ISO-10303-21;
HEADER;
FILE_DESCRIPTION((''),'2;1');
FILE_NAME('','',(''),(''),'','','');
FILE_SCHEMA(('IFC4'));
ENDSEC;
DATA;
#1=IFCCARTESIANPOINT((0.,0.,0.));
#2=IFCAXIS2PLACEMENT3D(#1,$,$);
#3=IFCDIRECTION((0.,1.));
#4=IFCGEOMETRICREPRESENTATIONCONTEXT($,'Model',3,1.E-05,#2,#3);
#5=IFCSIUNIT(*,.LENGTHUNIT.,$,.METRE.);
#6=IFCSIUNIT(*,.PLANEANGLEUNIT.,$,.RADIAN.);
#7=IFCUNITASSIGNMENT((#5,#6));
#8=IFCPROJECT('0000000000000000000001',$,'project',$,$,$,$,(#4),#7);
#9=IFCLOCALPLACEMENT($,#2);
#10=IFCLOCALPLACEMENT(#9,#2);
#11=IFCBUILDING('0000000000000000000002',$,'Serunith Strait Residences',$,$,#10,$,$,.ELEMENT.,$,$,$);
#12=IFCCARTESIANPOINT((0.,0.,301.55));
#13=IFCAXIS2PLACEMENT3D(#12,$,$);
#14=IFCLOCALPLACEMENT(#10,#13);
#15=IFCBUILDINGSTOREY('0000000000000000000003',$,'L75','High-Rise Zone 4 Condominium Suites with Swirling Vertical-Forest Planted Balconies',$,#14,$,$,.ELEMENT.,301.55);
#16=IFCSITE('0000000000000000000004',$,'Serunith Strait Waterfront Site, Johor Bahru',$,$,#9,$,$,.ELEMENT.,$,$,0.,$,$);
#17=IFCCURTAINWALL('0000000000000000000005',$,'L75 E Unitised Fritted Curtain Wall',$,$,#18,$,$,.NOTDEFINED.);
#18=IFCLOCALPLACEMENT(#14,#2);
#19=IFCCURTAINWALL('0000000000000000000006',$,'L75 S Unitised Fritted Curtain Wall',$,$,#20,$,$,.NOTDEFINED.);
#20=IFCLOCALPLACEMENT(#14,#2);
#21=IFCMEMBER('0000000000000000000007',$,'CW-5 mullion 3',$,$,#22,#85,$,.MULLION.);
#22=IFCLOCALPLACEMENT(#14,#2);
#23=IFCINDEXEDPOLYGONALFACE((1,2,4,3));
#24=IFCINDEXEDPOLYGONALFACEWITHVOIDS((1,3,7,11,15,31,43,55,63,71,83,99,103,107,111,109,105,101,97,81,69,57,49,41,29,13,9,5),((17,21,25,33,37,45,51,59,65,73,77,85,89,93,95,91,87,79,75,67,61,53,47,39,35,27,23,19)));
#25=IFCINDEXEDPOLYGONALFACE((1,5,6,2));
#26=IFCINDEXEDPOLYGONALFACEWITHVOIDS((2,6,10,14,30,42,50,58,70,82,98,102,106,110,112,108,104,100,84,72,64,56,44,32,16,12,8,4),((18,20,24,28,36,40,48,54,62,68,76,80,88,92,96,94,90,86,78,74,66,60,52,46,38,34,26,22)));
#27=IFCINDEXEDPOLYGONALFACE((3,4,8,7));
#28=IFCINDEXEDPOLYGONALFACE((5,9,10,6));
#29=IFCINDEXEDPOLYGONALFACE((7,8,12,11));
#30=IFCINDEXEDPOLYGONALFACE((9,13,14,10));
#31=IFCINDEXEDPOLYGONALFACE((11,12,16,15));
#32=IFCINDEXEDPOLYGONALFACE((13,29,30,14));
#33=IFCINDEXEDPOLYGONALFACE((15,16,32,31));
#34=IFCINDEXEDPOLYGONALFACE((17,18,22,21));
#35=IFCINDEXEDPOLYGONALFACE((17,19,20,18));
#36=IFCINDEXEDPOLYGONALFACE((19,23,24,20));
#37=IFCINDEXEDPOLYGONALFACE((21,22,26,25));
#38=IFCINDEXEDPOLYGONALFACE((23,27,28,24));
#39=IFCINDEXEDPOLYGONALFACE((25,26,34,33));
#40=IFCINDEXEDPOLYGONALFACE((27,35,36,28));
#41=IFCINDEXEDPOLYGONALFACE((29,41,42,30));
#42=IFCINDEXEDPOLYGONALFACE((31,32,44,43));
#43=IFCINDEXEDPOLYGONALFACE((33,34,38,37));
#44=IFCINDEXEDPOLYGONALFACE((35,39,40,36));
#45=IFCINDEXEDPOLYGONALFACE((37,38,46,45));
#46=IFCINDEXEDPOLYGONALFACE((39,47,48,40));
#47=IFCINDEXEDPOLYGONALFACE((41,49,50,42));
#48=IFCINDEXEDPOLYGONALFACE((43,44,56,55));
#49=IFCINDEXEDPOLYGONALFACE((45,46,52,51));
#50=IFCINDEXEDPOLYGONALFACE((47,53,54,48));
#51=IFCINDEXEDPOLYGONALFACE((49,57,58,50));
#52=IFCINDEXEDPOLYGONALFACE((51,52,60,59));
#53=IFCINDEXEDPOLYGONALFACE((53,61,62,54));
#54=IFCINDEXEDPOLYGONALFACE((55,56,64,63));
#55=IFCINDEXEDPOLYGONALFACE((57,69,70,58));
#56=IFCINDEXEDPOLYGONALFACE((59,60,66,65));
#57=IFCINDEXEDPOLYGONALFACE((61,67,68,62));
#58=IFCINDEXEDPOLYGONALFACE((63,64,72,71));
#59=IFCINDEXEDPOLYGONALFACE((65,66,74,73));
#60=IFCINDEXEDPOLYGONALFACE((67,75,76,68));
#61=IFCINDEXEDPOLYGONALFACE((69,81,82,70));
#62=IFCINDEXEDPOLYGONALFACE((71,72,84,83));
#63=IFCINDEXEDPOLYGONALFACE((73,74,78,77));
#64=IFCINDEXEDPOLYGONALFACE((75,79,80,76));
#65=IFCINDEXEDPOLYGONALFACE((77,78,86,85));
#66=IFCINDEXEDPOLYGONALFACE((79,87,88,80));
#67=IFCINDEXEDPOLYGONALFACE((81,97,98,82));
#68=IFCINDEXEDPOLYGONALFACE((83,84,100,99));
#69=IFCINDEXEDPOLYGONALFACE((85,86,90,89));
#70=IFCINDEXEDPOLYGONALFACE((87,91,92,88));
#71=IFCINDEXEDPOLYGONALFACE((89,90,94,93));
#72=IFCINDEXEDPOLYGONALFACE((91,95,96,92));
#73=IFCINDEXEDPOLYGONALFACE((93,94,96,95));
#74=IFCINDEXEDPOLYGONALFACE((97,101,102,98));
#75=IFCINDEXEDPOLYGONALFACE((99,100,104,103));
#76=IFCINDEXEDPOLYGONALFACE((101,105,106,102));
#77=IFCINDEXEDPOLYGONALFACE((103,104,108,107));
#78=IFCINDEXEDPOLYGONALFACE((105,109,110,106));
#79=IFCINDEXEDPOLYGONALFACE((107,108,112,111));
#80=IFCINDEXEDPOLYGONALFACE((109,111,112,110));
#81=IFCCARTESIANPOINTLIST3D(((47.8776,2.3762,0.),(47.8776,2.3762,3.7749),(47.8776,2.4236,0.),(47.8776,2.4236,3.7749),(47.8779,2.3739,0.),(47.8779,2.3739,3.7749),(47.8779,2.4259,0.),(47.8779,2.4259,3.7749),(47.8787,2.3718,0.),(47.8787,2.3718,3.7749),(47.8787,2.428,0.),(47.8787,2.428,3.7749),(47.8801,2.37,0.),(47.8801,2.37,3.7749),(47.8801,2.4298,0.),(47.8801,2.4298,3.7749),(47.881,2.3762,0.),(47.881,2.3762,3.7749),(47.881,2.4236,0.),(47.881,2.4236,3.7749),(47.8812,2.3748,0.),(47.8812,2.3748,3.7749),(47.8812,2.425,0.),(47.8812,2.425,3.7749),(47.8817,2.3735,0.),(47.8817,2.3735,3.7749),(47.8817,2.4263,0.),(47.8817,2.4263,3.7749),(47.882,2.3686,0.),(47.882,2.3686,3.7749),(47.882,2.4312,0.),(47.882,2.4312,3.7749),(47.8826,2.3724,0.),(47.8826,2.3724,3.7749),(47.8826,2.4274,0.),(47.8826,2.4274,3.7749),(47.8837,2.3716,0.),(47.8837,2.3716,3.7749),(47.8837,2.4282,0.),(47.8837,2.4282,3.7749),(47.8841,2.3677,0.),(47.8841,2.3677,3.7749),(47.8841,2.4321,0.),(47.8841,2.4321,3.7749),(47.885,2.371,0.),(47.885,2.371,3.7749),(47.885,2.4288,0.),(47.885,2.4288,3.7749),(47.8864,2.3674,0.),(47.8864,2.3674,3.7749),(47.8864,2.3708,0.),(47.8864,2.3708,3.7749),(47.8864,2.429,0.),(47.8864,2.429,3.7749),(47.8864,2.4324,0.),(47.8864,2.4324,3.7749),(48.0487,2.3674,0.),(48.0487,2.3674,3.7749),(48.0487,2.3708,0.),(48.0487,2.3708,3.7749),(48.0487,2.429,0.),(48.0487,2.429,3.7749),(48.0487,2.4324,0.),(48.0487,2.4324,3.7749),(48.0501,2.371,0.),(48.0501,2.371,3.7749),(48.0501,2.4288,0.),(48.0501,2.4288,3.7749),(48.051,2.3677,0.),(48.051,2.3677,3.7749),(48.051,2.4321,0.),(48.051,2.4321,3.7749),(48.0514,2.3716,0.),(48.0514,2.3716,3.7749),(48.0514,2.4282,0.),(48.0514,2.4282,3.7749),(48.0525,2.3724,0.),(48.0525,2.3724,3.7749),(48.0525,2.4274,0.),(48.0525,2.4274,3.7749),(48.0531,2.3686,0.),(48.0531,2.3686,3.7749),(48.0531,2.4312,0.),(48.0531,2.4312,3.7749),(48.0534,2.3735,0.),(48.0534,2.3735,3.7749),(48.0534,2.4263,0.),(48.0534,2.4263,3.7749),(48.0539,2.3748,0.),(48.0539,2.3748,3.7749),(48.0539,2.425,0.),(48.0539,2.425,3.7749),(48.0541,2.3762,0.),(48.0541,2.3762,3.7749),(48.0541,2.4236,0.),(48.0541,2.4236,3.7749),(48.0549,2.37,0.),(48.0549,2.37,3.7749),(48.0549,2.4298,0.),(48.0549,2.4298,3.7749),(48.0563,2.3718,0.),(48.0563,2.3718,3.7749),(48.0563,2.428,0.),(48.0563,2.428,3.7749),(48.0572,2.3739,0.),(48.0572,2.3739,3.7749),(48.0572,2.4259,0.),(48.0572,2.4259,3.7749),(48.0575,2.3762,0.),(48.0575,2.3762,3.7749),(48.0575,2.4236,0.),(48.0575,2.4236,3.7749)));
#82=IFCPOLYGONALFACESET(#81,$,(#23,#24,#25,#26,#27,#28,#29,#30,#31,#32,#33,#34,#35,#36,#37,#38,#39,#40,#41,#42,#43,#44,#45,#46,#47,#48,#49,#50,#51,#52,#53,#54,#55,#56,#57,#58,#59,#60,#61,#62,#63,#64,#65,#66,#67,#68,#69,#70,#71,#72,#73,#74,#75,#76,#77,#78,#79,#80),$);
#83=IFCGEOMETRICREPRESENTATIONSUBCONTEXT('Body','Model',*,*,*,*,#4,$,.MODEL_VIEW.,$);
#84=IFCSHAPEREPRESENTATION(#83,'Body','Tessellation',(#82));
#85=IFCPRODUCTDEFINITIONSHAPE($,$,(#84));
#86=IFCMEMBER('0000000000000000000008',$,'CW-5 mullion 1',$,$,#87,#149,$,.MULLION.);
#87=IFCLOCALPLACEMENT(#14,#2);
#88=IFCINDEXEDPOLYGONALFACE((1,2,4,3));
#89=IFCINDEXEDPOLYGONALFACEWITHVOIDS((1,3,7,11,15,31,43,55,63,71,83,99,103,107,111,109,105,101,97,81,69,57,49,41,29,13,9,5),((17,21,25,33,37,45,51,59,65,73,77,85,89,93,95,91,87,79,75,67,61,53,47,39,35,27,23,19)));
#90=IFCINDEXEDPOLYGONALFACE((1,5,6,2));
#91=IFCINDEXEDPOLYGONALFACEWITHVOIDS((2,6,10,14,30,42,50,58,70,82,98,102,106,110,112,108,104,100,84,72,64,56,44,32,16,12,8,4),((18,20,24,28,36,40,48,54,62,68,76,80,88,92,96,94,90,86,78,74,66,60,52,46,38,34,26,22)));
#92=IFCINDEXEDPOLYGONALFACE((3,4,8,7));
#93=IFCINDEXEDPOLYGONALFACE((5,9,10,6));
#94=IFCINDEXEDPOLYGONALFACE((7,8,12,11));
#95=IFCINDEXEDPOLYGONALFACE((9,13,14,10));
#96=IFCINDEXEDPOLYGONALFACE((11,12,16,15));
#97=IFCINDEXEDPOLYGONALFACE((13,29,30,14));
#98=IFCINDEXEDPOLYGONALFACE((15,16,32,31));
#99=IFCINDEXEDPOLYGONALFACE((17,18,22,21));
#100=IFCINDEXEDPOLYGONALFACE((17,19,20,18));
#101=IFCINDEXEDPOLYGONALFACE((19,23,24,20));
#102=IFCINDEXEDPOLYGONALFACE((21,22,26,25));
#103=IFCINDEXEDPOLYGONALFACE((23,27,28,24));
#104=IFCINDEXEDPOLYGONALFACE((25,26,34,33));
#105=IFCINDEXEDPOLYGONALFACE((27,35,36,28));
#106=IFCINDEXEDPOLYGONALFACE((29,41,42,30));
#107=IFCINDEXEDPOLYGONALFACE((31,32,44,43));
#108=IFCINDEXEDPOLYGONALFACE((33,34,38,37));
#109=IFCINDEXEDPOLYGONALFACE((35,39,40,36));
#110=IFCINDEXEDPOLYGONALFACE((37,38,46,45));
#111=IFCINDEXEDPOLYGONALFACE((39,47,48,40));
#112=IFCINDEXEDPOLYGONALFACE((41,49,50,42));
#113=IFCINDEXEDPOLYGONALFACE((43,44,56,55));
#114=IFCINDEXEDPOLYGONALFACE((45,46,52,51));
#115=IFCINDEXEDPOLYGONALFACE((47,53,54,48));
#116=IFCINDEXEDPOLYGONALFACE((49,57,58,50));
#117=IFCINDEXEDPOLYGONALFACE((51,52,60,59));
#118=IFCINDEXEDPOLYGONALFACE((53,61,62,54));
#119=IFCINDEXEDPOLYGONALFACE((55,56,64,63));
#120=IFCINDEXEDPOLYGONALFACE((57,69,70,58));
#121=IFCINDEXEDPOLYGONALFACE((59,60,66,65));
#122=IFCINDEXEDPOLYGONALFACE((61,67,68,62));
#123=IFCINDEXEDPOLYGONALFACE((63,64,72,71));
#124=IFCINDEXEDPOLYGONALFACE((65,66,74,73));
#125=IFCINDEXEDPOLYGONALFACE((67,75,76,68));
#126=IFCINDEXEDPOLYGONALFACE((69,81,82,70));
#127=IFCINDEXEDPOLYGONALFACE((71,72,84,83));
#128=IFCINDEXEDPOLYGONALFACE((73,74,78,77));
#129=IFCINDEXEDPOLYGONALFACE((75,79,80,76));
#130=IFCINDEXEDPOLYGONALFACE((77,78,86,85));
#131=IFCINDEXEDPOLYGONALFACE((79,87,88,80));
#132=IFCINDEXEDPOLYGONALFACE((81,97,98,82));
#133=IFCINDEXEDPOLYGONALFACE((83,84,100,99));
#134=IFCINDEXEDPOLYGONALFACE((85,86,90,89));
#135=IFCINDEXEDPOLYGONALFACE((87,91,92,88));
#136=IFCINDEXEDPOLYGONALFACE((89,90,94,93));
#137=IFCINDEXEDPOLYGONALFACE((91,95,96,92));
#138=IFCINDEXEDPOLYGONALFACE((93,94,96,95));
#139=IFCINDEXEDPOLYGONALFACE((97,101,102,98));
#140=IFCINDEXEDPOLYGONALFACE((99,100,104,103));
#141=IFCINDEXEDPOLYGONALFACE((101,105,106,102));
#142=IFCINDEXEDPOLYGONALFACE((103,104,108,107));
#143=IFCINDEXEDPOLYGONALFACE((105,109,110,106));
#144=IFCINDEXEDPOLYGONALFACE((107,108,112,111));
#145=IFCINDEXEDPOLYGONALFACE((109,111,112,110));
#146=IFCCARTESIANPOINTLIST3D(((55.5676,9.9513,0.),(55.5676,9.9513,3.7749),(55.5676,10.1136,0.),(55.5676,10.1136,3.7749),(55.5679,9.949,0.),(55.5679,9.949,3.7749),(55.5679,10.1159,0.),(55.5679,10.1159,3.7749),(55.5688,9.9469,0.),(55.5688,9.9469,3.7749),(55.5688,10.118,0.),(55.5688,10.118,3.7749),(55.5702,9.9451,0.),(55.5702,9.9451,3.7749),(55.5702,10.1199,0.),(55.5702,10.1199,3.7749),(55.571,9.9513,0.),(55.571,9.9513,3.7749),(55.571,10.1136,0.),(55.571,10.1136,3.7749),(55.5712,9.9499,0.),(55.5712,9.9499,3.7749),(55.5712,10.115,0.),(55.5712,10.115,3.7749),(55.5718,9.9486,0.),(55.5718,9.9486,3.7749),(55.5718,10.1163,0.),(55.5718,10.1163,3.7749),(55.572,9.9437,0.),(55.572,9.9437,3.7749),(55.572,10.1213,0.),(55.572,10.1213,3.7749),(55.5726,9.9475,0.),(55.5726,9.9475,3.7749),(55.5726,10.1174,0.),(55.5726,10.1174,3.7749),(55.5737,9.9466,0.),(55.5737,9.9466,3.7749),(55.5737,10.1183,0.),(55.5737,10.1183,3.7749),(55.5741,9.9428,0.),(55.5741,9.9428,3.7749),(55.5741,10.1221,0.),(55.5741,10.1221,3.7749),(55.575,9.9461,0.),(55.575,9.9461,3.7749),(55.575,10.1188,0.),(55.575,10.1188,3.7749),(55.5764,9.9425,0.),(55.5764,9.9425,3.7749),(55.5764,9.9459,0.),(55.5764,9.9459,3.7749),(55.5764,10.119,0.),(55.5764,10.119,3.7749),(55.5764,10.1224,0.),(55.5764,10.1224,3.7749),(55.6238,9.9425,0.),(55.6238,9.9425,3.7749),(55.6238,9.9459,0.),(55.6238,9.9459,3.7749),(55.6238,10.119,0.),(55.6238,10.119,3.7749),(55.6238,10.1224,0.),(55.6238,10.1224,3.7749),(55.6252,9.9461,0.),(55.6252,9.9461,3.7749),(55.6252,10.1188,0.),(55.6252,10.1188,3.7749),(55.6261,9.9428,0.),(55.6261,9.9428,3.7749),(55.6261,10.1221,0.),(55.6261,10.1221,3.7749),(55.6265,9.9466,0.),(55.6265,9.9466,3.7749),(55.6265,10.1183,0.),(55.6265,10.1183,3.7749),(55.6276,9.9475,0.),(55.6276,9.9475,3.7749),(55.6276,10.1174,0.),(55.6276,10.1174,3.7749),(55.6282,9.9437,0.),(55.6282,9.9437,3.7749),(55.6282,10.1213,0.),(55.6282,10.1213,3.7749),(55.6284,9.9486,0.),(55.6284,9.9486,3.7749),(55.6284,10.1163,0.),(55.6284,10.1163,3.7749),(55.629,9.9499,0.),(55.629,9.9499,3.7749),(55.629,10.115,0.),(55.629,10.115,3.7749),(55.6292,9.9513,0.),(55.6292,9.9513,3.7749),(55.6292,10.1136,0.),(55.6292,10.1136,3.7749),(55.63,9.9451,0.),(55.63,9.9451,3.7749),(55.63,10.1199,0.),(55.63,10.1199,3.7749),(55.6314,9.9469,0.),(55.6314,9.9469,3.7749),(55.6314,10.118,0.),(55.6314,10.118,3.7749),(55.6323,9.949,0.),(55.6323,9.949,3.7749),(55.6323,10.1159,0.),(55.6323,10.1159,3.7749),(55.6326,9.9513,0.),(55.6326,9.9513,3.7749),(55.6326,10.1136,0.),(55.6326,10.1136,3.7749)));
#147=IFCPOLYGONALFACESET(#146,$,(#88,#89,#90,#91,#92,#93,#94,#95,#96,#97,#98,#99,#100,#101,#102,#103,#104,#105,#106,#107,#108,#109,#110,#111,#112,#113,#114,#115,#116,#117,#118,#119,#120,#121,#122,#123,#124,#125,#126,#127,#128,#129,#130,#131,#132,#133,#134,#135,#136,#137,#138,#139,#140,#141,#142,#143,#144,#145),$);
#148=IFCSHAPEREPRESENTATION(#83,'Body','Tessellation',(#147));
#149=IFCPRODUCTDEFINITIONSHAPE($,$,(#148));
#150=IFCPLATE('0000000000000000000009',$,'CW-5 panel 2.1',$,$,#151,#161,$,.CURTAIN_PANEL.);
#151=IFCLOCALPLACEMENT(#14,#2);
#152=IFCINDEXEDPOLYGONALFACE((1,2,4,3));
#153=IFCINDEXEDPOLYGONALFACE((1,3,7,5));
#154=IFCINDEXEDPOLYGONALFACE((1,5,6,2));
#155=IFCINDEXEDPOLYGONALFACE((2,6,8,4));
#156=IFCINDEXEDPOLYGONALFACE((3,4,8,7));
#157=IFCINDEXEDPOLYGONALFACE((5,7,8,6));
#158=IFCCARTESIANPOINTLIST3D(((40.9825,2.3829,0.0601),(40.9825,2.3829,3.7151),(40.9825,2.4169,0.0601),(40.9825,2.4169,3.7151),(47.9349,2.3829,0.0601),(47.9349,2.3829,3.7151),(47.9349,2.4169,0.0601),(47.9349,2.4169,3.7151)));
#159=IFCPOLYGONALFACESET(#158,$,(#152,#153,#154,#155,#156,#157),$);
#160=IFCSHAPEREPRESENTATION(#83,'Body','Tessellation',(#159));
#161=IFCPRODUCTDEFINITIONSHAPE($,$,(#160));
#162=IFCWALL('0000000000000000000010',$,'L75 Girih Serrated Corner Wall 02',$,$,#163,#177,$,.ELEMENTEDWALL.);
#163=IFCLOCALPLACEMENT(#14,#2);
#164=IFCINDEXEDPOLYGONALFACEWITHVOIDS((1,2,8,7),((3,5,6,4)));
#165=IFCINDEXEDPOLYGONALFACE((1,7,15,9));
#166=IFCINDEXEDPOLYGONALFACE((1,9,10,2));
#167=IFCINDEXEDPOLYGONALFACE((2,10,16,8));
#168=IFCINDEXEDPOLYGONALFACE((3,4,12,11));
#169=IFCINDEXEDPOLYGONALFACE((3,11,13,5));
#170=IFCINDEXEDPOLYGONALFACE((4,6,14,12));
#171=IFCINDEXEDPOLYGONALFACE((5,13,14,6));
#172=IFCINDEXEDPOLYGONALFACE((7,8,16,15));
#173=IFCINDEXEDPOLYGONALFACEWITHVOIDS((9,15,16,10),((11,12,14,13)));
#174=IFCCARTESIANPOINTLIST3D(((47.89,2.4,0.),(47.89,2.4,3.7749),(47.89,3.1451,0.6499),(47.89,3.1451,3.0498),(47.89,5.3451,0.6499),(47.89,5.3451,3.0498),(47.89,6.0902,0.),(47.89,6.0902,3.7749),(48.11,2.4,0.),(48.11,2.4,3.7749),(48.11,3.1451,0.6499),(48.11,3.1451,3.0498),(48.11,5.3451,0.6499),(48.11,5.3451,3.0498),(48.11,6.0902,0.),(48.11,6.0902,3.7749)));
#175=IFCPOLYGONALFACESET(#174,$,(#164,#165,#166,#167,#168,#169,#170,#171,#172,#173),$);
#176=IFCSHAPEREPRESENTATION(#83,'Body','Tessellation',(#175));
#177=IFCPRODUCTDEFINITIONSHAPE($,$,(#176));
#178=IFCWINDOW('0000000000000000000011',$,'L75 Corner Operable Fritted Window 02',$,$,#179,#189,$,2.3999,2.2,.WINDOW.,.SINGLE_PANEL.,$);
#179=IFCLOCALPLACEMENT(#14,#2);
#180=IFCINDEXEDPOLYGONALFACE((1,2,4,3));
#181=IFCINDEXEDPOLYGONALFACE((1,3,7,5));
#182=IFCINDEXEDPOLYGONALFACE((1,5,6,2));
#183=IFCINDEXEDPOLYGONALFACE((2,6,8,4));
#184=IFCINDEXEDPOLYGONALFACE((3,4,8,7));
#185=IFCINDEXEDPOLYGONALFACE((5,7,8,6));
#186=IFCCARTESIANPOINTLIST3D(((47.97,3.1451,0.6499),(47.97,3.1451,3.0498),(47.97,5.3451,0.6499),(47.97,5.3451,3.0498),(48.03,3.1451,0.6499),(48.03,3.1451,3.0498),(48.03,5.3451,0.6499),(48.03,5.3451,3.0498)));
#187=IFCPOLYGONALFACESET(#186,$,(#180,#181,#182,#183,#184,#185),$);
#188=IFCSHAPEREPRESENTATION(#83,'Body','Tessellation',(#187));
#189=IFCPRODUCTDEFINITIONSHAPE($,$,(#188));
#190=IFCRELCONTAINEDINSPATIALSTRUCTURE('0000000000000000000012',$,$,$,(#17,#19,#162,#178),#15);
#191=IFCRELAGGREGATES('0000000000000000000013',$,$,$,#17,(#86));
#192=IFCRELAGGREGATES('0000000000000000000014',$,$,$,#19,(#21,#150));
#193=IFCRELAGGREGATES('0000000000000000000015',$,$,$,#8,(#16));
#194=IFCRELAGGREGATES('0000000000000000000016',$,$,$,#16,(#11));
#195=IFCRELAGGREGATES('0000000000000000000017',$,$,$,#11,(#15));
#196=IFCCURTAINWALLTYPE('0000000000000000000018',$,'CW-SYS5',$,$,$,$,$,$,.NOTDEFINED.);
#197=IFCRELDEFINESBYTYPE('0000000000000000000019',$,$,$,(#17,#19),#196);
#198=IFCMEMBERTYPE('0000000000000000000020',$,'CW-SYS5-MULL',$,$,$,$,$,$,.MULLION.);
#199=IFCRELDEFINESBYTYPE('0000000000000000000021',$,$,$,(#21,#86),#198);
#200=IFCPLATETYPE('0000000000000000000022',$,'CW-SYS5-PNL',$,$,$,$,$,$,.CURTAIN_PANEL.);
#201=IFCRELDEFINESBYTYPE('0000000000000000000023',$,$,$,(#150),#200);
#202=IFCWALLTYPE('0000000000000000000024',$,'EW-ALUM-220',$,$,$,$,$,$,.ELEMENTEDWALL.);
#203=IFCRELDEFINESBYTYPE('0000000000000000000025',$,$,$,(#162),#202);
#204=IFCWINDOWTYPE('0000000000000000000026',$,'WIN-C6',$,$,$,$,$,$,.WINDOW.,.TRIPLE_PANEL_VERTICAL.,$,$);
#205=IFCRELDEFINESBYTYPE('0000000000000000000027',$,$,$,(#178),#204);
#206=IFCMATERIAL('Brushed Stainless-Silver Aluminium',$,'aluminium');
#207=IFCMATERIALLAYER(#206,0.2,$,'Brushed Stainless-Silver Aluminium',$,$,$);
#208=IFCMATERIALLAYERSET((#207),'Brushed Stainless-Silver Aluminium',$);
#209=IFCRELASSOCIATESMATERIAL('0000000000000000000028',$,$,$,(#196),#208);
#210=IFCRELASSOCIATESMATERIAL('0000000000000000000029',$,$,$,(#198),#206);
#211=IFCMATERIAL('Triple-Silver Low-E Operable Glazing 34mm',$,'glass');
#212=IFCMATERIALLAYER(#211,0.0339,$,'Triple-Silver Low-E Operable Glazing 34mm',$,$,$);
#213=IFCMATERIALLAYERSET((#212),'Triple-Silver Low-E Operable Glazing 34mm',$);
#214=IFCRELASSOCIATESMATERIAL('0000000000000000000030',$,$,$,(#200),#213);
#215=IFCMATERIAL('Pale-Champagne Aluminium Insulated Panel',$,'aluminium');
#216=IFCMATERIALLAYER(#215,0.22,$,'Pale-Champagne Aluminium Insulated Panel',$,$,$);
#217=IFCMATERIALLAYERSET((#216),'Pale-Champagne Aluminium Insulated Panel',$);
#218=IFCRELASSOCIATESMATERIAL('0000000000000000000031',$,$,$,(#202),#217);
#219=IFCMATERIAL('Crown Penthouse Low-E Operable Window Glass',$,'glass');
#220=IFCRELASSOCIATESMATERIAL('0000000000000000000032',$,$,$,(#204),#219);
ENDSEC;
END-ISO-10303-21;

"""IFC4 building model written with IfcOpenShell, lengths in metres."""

from ifc_helpers import new_model, si_unit, direction, frame, frame_2d, origin, origin_2d, place, context, subcontext, project, spatial, rectangle, hollow_rectangle, extrude, source, transform, mapped, material, layer, layer_set, material_profile, profile_set, type_object, element, fill, aggregate, save


model = new_model("IFC4")

# Units and contexts
model_context = context("Model", 3, precision=1e-05, world=origin(), true_north=direction((0.0, 1.0)))
body_context = subcontext(model_context, "Body", "Model", "MODEL_VIEW")
ifc_project = project(units=[si_unit("LENGTHUNIT", "METRE"), si_unit("PLANEANGLEUNIT", "RADIAN")], contexts=[model_context])

# Site, building, storey
site_placement = place(None, origin())
site = spatial("IfcSite", under=ifc_project, at=site_placement, Name="Serunith Strait Waterfront Site, Johor Bahru", CompositionType="ELEMENT", RefElevation=0.0)
building_placement = place(site_placement, origin())
building = spatial("IfcBuilding", under=site, at=building_placement, Name="Serunith Strait Residences", CompositionType="ELEMENT")
storey_placement = place(building_placement, frame((0.0, 0.0, 301.55)))
storey = spatial("IfcBuildingStorey", under=building, at=storey_placement, Name="L75", Description="High-Rise Zone 4 Condominium Suites with Swirling Vertical-Forest Planted Balconies", CompositionType="ELEMENT", Elevation=301.55)

# Curtain wall
ifc_material_1 = material(Name="Brushed Stainless-Silver Aluminium", Category="aluminium")
ifc_layer_1 = layer(ifc_material_1, 0.2, Name="Brushed Stainless-Silver Aluminium")
ifc_layer_set_1 = layer_set([ifc_layer_1], Name="Brushed Stainless-Silver Aluminium")
curtain_wall_type = type_object("IfcCurtainWallType", Name="CW-SYS5", PredefinedType="NOTDEFINED", material=ifc_layer_set_1)
curtain_wall_1_placement = place(storey_placement, origin())
curtain_wall_1 = element("IfcCurtainWall", 1, at=curtain_wall_1_placement, inside=storey, type_object=curtain_wall_type, Name="L75 E Unitised Fritted Curtain Wall", PredefinedType="NOTDEFINED")

# Curtain wall, member
curtain_wall_2_placement = place(storey_placement, origin())
curtain_wall_2 = element("IfcCurtainWall", 2, at=curtain_wall_2_placement, inside=storey, type_object=curtain_wall_type, Name="L75 S Unitised Fritted Curtain Wall", PredefinedType="NOTDEFINED")
ifc_material_profile_1 = material_profile(ifc_material_1, hollow_rectangle(XDim=0.0649, YDim=0.1799, WallThickness=0.0034, InnerFilletRadius=0.0054, OuterFilletRadius=0.0088, at=origin_2d()), Name="ALU 180x65x3.5")
ifc_profile_set_1 = profile_set([ifc_material_profile_1], Name="Brushed Stainless-Silver Aluminium")
member_type_1 = type_object("IfcMemberType", Name="CW-SYS5-MULL", PredefinedType="MULLION", material=ifc_profile_set_1)
shared_shape_1 = source(origin(), body_context, "Body", "SweptSolid", [
    extrude(hollow_rectangle(XDim=0.0649, YDim=0.1799, WallThickness=0.0034, InnerFilletRadius=0.0054, OuterFilletRadius=0.0088, at=origin_2d()), origin(), (0.0, 0.0, 1.0), 3.7749),
])
member_1_placement = place(storey_placement, frame((47.9675, 2.3999, 0.0), z_axis=(0.0, 0.0, 1.0), x_axis=(0.0, 1.0, 0.0)))
member_1 = element("IfcMember", 3, at=member_1_placement, type_object=member_type_1, Name="CW-5 mullion 3", PredefinedType="MULLION", context=body_context, shape_type="MappedRepresentation", body=[
    mapped(shared_shape_1, transform((0.0, 0.0, 0.0), scale=1.0)),
])

# Member
member_2_placement = place(storey_placement, frame((55.6001, 10.0325, 0.0), z_axis=(0.0, 0.0, 1.0), x_axis=(-1.0, 0.0, 0.0)))
member_2 = element("IfcMember", 4, at=member_2_placement, type_object=member_type_1, Name="CW-5 mullion 1", PredefinedType="MULLION", context=body_context, shape_type="MappedRepresentation", body=[
    mapped(shared_shape_1, transform((0.0, 0.0, 0.0), scale=1.0)),
])
aggregate(curtain_wall_1, [member_2])

# Plate
ifc_material_2 = material(Name="Triple-Silver Low-E Operable Glazing 34mm", Category="glass")
ifc_layer_2 = layer(ifc_material_2, 0.0339, Name="Triple-Silver Low-E Operable Glazing 34mm")
ifc_layer_set_2 = layer_set([ifc_layer_2], Name="Triple-Silver Low-E Operable Glazing 34mm")
plate_type = type_object("IfcPlateType", Name="CW-SYS5-PNL", PredefinedType="CURTAIN_PANEL", material=ifc_layer_set_2)
shared_shape_2 = source(origin(), body_context, "Body", "SweptSolid", [
    extrude(rectangle(XDim=6.9524, YDim=0.0339, at=origin_2d()), origin(), (0.0, 0.0, 1.0), 3.655),
])
plate_placement = place(storey_placement, frame((44.4587, 2.3999, 0.0601), z_axis=(0.0, 0.0, 1.0), x_axis=(1.0, 0.0, 0.0)))
plate = element("IfcPlate", 5, at=plate_placement, type_object=plate_type, Name="CW-5 panel 2.1", PredefinedType="CURTAIN_PANEL", context=body_context, shape_type="MappedRepresentation", body=[
    mapped(shared_shape_2, transform((0.0, 0.0, 0.0), scale=1.0)),
])
aggregate(curtain_wall_2, [member_1, plate])

# Wall, opening, window
ifc_material_3 = material(Name="Pale-Champagne Aluminium Insulated Panel", Category="aluminium")
ifc_layer_3 = layer(ifc_material_3, 0.22, Name="Pale-Champagne Aluminium Insulated Panel")
ifc_layer_set_3 = layer_set([ifc_layer_3], Name="Pale-Champagne Aluminium Insulated Panel")
wall_type_1 = type_object("IfcWallType", Name="EW-ALUM-220", PredefinedType="ELEMENTEDWALL", material=ifc_layer_set_3)
wall_1_placement = place(storey_placement, frame((48.0, 2.3999, 0.0), z_axis=(0.0, 0.0, 1.0), x_axis=(0.0, 1.0, 0.0)))
wall_1 = element("IfcWall", 6, at=wall_1_placement, inside=storey, type_object=wall_type_1, Name="L75 Girih Serrated Corner Wall 02", PredefinedType="ELEMENTEDWALL", context=body_context, shape_type="SweptSolid", body=[
    extrude(rectangle(XDim=3.6902, YDim=0.22, at=frame_2d((1.8452, 0.0))), origin(), (0.0, 0.0, 1.0), 3.7749),
])
opening_1_placement = place(wall_1_placement, frame((0.7451, 0.0, 0.6499)))
opening_1 = element("IfcOpeningElement", 7, at=opening_1_placement, cuts=wall_1, PredefinedType="OPENING", context=body_context, shape_type="SweptSolid", body=[
    extrude(rectangle(XDim=2.2, YDim=2.3999, at=frame_2d((1.1001, 1.2))), frame((0.0, 0.1201, 0.0), z_axis=(0.0, -1.0, 0.0), x_axis=(1.0, 0.0, 0.0)), (0.0, 0.0, 1.0), 0.24),
])
ifc_material_4 = material(Name="Crown Penthouse Low-E Operable Window Glass", Category="glass")
window_type = type_object("IfcWindowType", Name="WIN-C6", PartitioningType="TRIPLE_PANEL_VERTICAL", PredefinedType="WINDOW", material=ifc_material_4)
shared_shape_3 = source(origin(), body_context, "Body", "SweptSolid", [
    extrude(rectangle(XDim=2.2, YDim=2.3999, at=frame_2d((1.1001, 1.2))), frame((0.0, 0.03, 0.0), z_axis=(0.0, -1.0, 0.0), x_axis=(1.0, 0.0, 0.0)), (0.0, 0.0, 1.0), 0.0601),
])
window_1_placement = place(opening_1_placement, origin())
window_1 = element("IfcWindow", 8, at=window_1_placement, inside=storey, type_object=window_type, Name="L75 Corner Operable Fritted Window 02", OverallHeight=2.3999, OverallWidth=2.2, PartitioningType="SINGLE_PANEL", PredefinedType="WINDOW", context=body_context, shape_type="MappedRepresentation", body=[
    mapped(shared_shape_3, transform((0.0, 0.0, 0.0), scale=1.0)),
])
fill(opening_1, window_1)

save(model, "model.ifc")
